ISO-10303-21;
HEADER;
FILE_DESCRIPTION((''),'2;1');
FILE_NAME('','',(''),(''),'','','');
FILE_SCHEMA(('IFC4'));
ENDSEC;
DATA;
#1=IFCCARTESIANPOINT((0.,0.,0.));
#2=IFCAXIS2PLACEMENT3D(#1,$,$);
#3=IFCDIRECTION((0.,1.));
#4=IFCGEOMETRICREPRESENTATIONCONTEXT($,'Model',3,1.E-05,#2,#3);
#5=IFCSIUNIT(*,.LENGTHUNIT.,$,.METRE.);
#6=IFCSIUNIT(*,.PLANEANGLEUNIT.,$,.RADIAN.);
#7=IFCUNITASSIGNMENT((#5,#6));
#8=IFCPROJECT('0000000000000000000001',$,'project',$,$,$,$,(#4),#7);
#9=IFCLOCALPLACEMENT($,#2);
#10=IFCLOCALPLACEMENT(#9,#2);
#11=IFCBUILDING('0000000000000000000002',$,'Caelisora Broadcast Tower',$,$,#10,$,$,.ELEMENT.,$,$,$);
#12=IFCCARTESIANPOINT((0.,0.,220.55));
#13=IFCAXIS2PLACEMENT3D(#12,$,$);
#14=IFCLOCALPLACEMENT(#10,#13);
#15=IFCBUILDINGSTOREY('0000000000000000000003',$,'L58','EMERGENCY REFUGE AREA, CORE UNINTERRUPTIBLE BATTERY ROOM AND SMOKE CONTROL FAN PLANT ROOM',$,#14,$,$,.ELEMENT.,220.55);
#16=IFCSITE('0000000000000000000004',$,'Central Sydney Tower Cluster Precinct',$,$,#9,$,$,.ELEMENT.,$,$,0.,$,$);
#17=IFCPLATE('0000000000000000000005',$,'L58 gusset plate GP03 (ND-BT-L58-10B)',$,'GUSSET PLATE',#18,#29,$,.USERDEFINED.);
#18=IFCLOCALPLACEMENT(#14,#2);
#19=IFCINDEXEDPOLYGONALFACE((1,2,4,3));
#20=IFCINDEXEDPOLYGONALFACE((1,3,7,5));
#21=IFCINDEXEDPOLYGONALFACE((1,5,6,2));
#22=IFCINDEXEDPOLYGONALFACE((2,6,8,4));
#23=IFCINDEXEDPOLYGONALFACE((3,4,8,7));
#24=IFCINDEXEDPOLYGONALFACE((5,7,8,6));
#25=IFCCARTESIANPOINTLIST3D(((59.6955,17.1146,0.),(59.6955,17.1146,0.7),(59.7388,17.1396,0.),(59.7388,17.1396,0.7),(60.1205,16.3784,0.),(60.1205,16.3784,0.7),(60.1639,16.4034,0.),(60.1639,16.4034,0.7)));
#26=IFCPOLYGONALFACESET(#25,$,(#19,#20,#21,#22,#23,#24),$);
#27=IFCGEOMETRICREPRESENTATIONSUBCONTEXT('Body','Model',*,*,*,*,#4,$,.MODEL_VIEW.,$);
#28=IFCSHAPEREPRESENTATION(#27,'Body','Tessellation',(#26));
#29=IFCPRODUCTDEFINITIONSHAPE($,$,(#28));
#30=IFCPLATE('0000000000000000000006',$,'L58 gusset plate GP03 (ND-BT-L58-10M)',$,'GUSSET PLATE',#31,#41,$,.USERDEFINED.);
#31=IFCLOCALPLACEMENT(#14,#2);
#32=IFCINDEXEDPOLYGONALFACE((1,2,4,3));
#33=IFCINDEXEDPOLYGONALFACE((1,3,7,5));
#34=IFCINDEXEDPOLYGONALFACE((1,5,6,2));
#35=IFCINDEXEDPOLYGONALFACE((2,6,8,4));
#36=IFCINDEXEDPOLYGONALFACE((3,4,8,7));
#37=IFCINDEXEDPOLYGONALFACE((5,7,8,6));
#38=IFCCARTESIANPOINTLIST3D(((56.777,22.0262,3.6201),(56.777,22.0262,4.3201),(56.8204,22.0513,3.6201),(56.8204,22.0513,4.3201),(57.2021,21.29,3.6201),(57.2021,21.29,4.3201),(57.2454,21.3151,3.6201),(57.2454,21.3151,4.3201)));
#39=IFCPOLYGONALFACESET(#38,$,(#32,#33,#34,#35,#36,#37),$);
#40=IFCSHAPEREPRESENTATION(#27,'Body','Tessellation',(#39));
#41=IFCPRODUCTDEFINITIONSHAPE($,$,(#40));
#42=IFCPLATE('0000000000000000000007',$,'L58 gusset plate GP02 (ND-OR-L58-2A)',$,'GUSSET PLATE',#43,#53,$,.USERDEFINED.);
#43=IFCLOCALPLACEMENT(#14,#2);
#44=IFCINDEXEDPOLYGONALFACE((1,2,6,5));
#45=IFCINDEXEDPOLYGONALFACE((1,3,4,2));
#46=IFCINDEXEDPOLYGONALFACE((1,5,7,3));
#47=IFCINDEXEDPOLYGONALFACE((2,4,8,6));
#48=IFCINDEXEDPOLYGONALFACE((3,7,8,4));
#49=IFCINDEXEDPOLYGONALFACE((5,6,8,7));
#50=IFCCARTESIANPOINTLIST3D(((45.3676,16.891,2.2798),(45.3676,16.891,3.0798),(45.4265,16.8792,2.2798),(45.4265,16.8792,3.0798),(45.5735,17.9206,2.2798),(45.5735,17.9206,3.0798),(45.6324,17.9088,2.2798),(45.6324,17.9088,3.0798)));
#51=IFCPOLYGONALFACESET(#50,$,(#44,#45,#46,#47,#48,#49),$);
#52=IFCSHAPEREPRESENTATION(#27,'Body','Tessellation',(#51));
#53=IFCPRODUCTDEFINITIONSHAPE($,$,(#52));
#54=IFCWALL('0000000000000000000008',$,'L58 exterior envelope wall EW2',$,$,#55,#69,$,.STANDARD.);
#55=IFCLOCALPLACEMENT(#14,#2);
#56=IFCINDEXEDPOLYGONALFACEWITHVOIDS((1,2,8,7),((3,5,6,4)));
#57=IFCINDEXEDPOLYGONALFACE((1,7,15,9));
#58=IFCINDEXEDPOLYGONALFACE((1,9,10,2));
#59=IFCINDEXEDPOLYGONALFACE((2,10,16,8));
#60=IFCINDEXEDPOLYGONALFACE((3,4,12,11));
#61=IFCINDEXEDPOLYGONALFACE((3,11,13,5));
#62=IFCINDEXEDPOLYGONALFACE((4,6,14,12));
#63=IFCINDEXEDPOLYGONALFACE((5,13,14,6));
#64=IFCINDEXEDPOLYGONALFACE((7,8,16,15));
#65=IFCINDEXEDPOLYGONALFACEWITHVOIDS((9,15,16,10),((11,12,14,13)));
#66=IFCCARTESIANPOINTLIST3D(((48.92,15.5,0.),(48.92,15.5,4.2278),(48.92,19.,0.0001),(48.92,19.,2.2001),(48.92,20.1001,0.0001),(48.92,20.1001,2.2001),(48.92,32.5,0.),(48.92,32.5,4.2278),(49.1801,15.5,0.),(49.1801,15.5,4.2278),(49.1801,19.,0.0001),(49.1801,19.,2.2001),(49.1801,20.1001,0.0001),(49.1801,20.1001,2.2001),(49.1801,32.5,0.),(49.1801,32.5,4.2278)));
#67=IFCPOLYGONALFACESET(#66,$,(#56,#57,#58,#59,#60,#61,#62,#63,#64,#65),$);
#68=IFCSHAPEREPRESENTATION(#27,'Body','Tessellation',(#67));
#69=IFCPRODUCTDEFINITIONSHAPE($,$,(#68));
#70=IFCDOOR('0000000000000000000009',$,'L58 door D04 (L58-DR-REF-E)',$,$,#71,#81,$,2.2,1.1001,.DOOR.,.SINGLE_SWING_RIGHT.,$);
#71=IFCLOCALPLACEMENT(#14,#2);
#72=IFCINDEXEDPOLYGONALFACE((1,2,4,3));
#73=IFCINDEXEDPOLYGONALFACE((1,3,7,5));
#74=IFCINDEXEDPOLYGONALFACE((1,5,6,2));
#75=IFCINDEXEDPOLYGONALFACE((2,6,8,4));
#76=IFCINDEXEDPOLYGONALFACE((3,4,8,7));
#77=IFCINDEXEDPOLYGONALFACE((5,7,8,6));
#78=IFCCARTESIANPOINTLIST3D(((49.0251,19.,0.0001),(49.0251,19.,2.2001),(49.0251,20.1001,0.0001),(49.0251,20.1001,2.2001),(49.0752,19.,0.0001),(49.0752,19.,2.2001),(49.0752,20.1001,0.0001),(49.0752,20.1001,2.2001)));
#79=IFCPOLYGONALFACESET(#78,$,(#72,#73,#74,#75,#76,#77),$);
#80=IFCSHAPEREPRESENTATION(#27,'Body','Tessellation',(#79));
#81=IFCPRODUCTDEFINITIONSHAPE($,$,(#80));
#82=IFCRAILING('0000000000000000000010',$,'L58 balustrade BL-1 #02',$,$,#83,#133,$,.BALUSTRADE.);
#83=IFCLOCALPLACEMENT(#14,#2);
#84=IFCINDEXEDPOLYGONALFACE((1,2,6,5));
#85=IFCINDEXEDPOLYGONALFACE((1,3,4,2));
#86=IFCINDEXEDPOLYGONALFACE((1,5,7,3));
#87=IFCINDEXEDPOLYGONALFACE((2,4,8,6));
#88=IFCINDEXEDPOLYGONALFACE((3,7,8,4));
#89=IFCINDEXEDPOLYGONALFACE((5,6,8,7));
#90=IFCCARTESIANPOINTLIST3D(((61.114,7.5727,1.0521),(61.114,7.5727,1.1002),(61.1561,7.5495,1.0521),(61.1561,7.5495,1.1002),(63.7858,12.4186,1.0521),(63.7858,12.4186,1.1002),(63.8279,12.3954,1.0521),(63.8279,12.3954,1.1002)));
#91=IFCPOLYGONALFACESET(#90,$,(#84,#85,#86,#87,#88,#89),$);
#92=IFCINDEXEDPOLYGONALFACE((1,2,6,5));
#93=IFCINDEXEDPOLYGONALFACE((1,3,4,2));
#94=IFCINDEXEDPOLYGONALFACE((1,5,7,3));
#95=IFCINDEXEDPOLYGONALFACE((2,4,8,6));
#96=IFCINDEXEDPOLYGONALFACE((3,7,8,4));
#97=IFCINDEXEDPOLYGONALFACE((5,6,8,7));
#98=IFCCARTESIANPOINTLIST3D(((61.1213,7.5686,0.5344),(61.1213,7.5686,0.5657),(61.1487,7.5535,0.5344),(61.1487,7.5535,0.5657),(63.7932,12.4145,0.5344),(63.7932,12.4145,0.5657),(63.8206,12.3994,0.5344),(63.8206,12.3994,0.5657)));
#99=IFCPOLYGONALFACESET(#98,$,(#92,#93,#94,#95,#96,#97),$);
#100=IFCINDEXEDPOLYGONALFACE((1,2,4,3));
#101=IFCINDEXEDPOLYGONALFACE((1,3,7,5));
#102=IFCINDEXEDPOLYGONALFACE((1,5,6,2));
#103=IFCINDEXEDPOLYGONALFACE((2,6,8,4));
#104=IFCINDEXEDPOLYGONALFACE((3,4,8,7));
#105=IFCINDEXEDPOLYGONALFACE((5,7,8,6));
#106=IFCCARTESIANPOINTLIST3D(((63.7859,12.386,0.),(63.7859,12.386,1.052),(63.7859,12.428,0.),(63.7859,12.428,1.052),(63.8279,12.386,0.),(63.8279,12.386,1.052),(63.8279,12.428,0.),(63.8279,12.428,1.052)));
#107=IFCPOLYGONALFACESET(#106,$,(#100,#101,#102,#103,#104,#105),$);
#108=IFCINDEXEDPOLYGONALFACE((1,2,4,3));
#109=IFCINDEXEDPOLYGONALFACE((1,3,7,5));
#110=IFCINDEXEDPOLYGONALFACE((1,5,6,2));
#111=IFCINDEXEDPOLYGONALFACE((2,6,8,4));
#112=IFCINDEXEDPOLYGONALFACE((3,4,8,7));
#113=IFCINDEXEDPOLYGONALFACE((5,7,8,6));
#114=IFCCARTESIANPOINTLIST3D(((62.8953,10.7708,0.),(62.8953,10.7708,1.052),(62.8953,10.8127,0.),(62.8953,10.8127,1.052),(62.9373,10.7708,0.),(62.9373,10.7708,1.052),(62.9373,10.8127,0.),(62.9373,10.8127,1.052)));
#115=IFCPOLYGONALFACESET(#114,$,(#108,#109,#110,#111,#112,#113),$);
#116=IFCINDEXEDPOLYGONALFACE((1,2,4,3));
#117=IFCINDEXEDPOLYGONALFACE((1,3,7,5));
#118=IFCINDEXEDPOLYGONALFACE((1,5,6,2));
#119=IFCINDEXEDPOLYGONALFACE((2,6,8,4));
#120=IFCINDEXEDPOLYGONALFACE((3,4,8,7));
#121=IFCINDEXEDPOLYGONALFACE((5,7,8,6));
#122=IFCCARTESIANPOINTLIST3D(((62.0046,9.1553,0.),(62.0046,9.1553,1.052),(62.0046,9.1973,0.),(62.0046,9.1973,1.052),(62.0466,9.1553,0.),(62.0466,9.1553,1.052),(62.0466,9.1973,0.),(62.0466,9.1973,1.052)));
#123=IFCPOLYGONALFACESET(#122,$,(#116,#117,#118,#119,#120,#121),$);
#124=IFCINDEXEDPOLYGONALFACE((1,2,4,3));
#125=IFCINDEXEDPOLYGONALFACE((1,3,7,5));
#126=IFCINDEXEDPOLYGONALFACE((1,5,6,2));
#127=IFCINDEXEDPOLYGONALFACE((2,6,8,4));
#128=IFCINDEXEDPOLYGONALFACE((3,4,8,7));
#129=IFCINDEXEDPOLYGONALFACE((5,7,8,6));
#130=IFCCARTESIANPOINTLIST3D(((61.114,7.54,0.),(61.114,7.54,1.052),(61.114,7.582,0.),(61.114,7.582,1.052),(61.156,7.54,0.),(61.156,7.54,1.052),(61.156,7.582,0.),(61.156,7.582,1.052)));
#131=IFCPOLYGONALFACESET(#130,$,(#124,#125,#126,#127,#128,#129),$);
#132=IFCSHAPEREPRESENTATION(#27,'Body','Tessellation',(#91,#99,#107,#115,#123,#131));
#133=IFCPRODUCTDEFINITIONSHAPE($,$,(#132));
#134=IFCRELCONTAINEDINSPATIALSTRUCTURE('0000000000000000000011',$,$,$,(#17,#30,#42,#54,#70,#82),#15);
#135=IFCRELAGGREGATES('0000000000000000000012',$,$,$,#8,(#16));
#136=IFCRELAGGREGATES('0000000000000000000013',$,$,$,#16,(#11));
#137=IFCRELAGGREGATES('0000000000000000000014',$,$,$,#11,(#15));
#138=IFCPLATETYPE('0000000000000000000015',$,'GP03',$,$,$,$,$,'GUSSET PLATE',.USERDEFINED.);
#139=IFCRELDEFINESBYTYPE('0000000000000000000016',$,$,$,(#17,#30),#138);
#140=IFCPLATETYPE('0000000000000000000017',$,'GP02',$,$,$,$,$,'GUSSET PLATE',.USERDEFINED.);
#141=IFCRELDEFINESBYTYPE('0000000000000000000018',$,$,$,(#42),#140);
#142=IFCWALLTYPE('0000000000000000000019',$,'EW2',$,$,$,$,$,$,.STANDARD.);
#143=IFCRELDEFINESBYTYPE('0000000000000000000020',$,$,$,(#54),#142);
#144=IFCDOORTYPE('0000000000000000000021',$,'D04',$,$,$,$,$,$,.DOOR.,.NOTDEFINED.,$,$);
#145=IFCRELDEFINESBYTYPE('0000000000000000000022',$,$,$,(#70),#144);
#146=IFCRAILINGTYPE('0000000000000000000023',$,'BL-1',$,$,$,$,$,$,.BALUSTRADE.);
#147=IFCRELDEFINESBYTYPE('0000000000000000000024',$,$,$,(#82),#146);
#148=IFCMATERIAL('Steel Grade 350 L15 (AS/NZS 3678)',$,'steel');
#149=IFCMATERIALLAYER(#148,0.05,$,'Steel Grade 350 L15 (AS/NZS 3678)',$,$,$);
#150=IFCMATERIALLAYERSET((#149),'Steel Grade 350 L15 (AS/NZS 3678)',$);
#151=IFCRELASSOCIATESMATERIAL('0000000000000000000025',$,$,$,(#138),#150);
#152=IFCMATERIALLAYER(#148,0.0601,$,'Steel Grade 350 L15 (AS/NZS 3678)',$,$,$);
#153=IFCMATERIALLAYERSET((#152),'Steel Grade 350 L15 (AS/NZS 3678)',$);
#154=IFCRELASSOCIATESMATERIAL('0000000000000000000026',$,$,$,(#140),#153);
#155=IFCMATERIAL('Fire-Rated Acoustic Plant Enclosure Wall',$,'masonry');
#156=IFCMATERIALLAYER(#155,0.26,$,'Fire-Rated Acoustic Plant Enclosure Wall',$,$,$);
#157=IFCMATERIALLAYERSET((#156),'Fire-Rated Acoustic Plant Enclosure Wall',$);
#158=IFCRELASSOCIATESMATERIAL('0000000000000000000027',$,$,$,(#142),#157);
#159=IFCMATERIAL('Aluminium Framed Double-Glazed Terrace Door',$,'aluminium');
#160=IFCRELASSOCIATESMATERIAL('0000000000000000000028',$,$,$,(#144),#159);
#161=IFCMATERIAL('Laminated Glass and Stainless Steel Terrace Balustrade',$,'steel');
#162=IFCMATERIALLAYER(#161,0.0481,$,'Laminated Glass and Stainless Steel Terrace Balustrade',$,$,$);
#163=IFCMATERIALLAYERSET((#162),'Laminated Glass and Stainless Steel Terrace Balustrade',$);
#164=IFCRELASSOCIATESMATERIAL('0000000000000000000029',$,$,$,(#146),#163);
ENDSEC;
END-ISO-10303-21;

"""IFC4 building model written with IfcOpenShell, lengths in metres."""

from ifc_helpers import new_model, si_unit, direction, frame, frame_2d, origin, origin_2d, place, context, subcontext, project, spatial, rectangle, extrude, source, transform, mapped, material, layer, layer_set, type_object, type_shapes, element, fill, save


model = new_model("IFC4")

# Units and contexts
model_context = context("Model", 3, precision=1e-05, world=origin(), true_north=direction((0.0, 1.0)))
body_context = subcontext(model_context, "Body", "Model", "MODEL_VIEW")
ifc_project = project(units=[si_unit("LENGTHUNIT", "METRE"), si_unit("PLANEANGLEUNIT", "RADIAN")], contexts=[model_context])

# Site, building, storey
site_placement = place(None, origin())
site = spatial("IfcSite", under=ifc_project, at=site_placement, Name="Central Sydney Tower Cluster Precinct", CompositionType="ELEMENT", RefElevation=0.0)
building_placement = place(site_placement, origin())
building = spatial("IfcBuilding", under=site, at=building_placement, Name="Caelisora Broadcast Tower", CompositionType="ELEMENT")
storey_placement = place(building_placement, frame((0.0, 0.0, 220.55)))
storey = spatial("IfcBuildingStorey", under=building, at=storey_placement, Name="L58", Description="EMERGENCY REFUGE AREA, CORE UNINTERRUPTIBLE BATTERY ROOM AND SMOKE CONTROL FAN PLANT ROOM", CompositionType="ELEMENT", Elevation=220.55)

# Shared definitions
ifc_material_1 = material(Name="Steel Grade 350 L15 (AS/NZS 3678)", Category="steel")

# Plates
ifc_layer_1 = layer(ifc_material_1, 0.05, Name="Steel Grade 350 L15 (AS/NZS 3678)")
ifc_layer_set_1 = layer_set([ifc_layer_1], Name="Steel Grade 350 L15 (AS/NZS 3678)")
plate_type_1 = type_object("IfcPlateType", Name="GP03", ElementType="GUSSET PLATE", PredefinedType="USERDEFINED", material=ifc_layer_set_1)
shared_shape_1 = source(origin(), body_context, "Body", "SweptSolid", [
    extrude(rectangle(XDim=0.8501, YDim=0.05, at=origin_2d()), origin(), (0.0, 0.0, 1.0), 0.7),
])
type_shapes(plate_type_1, [shared_shape_1])
for number, where, z_axis, x_axis, name in (
    (1, (59.9297, 16.759, 0.0), (0.0, 0.0, 1.0), (-0.5, 0.866025, 0.0), "L58 gusset plate GP03 (ND-BT-L58-10B)"),
    (2, (57.0112, 21.6707, 3.6201), (0.0, 0.0, 1.0), (-0.5, 0.866025, 0.0), "L58 gusset plate GP03 (ND-BT-L58-10M)"),
):
    element("IfcPlate", number, at=place(storey_placement, frame(where, z_axis=z_axis, x_axis=x_axis)), inside=storey, type_object=plate_type_1, Name=name, ObjectType="GUSSET PLATE", PredefinedType="USERDEFINED", context=body_context, shape_type="MappedRepresentation", body=[
        mapped(shared_shape_1, transform((0.0, 0.0, 0.0), scale=1.0)),
    ])
ifc_layer_2 = layer(ifc_material_1, 0.0601, Name="Steel Grade 350 L15 (AS/NZS 3678)")
ifc_layer_set_2 = layer_set([ifc_layer_2], Name="Steel Grade 350 L15 (AS/NZS 3678)")
plate_type_2 = type_object("IfcPlateType", Name="GP02", ElementType="GUSSET PLATE", PredefinedType="USERDEFINED", material=ifc_layer_set_2)
shared_shape_2 = source(origin(), body_context, "Body", "SweptSolid", [
    extrude(rectangle(XDim=1.05, YDim=0.0601, at=origin_2d()), origin(), (0.0, 0.0, 1.0), 0.8),
])
type_shapes(plate_type_2, [shared_shape_2])
plate_placement = place(storey_placement, frame((45.5, 17.3999, 2.2798), z_axis=(0.0, 0.0, 1.0), x_axis=(-0.196117, -0.98058, 0.0)))
element("IfcPlate", 3, at=plate_placement, inside=storey, type_object=plate_type_2, Name="L58 gusset plate GP02 (ND-OR-L58-2A)", ObjectType="GUSSET PLATE", PredefinedType="USERDEFINED", context=body_context, shape_type="MappedRepresentation", body=[
    mapped(shared_shape_2, transform((0.0, 0.0, 0.0), scale=1.0)),
])

# Wall, opening, door
ifc_material_2 = material(Name="Fire-Rated Acoustic Plant Enclosure Wall", Category="masonry")
ifc_layer_3 = layer(ifc_material_2, 0.26, Name="Fire-Rated Acoustic Plant Enclosure Wall")
ifc_layer_set_3 = layer_set([ifc_layer_3], Name="Fire-Rated Acoustic Plant Enclosure Wall")
wall_type = type_object("IfcWallType", Name="EW2", PredefinedType="STANDARD", material=ifc_layer_set_3)
wall_placement = place(storey_placement, frame((49.05, 15.5, 0.0), z_axis=(0.0, 0.0, 1.0), x_axis=(0.0, 1.0, 0.0)))
wall = element("IfcWall", 4, at=wall_placement, inside=storey, type_object=wall_type, Name="L58 exterior envelope wall EW2", PredefinedType="STANDARD", context=body_context, shape_type="SweptSolid", body=[
    extrude(rectangle(XDim=17.0, YDim=0.26, at=frame_2d((8.5, 0.0))), origin(), (0.0, 0.0, 1.0), 4.2278),
])
opening_placement = place(wall_placement, frame((3.5, 0.0, 0.0)))
opening = element("IfcOpeningElement", 5, at=opening_placement, cuts=wall, PredefinedType="OPENING", context=body_context, shape_type="SweptSolid", body=[
    extrude(rectangle(XDim=1.1001, YDim=2.2, at=frame_2d((0.55, 1.1001))), frame((0.0, 0.1421, 0.0), z_axis=(0.0, -1.0, 0.0), x_axis=(1.0, 0.0, 0.0)), (0.0, 0.0, 1.0), 0.2839),
])
ifc_material_3 = material(Name="Aluminium Framed Double-Glazed Terrace Door", Category="aluminium")
door_type = type_object("IfcDoorType", Name="D04", OperationType="NOTDEFINED", PredefinedType="DOOR", material=ifc_material_3)
door_placement = place(opening_placement, origin())
door = element("IfcDoor", 6, at=door_placement, inside=storey, type_object=door_type, Name="L58 door D04 (L58-DR-REF-E)", OperationType="SINGLE_SWING_RIGHT", OverallHeight=2.2, OverallWidth=1.1001, PredefinedType="DOOR", context=body_context, shape_type="SweptSolid", body=[
    extrude(rectangle(XDim=1.1001, YDim=2.2, at=frame_2d((0.55, 1.1001))), frame((0.0, 0.0249, 0.0), z_axis=(0.0, -1.0, 0.0), x_axis=(1.0, 0.0, 0.0)), (0.0, 0.0, 1.0), 0.05),
])
fill(opening, door)

# Railing
ifc_material_4 = material(Name="Laminated Glass and Stainless Steel Terrace Balustrade", Category="steel")
ifc_layer_4 = layer(ifc_material_4, 0.0481, Name="Laminated Glass and Stainless Steel Terrace Balustrade")
ifc_layer_set_4 = layer_set([ifc_layer_4], Name="Laminated Glass and Stainless Steel Terrace Balustrade")
railing_type = type_object("IfcRailingType", Name="BL-1", PredefinedType="BALUSTRADE", material=ifc_layer_set_4)
railing_1_placement = place(storey_placement, frame((63.8069, 12.407, 0.0)))
element("IfcRailing", 7, at=railing_1_placement, inside=storey, type_object=railing_type, Name="L58 balustrade BL-1 #02", PredefinedType="BALUSTRADE", context=body_context, shape_type="SweptSolid", body=[
    extrude(rectangle(XDim=0.0481, YDim=0.0481, at=origin_2d()), frame((0.0, 0.0, 1.0762), z_axis=(-0.482835, -0.875711, 0.0), x_axis=(0.875711, -0.482835, 0.0)), (0.0, 0.0, 1.0), 5.5337),
    extrude(rectangle(XDim=0.0312, YDim=0.0312, at=origin_2d()), frame((0.0, 0.0, 0.55), z_axis=(-0.482835, -0.875711, 0.0), x_axis=(0.875711, -0.482835, 0.0)), (0.0, 0.0, 1.0), 5.5337),
    extrude(rectangle(XDim=0.042, YDim=0.042, at=origin_2d()), origin(), (0.0, 0.0, 1.0), 1.052),
    extrude(rectangle(XDim=0.042, YDim=0.042, at=origin_2d()), frame((-0.8906, -1.6152, 0.0)), (0.0, 0.0, 1.0), 1.052),
    extrude(rectangle(XDim=0.042, YDim=0.042, at=origin_2d()), frame((-1.7812, -3.2307, 0.0)), (0.0, 0.0, 1.0), 1.052),
    extrude(rectangle(XDim=0.042, YDim=0.042, at=origin_2d()), frame((-2.6719, -4.8459, 0.0)), (0.0, 0.0, 1.0), 1.052),
])

save(model, "model.ifc")
